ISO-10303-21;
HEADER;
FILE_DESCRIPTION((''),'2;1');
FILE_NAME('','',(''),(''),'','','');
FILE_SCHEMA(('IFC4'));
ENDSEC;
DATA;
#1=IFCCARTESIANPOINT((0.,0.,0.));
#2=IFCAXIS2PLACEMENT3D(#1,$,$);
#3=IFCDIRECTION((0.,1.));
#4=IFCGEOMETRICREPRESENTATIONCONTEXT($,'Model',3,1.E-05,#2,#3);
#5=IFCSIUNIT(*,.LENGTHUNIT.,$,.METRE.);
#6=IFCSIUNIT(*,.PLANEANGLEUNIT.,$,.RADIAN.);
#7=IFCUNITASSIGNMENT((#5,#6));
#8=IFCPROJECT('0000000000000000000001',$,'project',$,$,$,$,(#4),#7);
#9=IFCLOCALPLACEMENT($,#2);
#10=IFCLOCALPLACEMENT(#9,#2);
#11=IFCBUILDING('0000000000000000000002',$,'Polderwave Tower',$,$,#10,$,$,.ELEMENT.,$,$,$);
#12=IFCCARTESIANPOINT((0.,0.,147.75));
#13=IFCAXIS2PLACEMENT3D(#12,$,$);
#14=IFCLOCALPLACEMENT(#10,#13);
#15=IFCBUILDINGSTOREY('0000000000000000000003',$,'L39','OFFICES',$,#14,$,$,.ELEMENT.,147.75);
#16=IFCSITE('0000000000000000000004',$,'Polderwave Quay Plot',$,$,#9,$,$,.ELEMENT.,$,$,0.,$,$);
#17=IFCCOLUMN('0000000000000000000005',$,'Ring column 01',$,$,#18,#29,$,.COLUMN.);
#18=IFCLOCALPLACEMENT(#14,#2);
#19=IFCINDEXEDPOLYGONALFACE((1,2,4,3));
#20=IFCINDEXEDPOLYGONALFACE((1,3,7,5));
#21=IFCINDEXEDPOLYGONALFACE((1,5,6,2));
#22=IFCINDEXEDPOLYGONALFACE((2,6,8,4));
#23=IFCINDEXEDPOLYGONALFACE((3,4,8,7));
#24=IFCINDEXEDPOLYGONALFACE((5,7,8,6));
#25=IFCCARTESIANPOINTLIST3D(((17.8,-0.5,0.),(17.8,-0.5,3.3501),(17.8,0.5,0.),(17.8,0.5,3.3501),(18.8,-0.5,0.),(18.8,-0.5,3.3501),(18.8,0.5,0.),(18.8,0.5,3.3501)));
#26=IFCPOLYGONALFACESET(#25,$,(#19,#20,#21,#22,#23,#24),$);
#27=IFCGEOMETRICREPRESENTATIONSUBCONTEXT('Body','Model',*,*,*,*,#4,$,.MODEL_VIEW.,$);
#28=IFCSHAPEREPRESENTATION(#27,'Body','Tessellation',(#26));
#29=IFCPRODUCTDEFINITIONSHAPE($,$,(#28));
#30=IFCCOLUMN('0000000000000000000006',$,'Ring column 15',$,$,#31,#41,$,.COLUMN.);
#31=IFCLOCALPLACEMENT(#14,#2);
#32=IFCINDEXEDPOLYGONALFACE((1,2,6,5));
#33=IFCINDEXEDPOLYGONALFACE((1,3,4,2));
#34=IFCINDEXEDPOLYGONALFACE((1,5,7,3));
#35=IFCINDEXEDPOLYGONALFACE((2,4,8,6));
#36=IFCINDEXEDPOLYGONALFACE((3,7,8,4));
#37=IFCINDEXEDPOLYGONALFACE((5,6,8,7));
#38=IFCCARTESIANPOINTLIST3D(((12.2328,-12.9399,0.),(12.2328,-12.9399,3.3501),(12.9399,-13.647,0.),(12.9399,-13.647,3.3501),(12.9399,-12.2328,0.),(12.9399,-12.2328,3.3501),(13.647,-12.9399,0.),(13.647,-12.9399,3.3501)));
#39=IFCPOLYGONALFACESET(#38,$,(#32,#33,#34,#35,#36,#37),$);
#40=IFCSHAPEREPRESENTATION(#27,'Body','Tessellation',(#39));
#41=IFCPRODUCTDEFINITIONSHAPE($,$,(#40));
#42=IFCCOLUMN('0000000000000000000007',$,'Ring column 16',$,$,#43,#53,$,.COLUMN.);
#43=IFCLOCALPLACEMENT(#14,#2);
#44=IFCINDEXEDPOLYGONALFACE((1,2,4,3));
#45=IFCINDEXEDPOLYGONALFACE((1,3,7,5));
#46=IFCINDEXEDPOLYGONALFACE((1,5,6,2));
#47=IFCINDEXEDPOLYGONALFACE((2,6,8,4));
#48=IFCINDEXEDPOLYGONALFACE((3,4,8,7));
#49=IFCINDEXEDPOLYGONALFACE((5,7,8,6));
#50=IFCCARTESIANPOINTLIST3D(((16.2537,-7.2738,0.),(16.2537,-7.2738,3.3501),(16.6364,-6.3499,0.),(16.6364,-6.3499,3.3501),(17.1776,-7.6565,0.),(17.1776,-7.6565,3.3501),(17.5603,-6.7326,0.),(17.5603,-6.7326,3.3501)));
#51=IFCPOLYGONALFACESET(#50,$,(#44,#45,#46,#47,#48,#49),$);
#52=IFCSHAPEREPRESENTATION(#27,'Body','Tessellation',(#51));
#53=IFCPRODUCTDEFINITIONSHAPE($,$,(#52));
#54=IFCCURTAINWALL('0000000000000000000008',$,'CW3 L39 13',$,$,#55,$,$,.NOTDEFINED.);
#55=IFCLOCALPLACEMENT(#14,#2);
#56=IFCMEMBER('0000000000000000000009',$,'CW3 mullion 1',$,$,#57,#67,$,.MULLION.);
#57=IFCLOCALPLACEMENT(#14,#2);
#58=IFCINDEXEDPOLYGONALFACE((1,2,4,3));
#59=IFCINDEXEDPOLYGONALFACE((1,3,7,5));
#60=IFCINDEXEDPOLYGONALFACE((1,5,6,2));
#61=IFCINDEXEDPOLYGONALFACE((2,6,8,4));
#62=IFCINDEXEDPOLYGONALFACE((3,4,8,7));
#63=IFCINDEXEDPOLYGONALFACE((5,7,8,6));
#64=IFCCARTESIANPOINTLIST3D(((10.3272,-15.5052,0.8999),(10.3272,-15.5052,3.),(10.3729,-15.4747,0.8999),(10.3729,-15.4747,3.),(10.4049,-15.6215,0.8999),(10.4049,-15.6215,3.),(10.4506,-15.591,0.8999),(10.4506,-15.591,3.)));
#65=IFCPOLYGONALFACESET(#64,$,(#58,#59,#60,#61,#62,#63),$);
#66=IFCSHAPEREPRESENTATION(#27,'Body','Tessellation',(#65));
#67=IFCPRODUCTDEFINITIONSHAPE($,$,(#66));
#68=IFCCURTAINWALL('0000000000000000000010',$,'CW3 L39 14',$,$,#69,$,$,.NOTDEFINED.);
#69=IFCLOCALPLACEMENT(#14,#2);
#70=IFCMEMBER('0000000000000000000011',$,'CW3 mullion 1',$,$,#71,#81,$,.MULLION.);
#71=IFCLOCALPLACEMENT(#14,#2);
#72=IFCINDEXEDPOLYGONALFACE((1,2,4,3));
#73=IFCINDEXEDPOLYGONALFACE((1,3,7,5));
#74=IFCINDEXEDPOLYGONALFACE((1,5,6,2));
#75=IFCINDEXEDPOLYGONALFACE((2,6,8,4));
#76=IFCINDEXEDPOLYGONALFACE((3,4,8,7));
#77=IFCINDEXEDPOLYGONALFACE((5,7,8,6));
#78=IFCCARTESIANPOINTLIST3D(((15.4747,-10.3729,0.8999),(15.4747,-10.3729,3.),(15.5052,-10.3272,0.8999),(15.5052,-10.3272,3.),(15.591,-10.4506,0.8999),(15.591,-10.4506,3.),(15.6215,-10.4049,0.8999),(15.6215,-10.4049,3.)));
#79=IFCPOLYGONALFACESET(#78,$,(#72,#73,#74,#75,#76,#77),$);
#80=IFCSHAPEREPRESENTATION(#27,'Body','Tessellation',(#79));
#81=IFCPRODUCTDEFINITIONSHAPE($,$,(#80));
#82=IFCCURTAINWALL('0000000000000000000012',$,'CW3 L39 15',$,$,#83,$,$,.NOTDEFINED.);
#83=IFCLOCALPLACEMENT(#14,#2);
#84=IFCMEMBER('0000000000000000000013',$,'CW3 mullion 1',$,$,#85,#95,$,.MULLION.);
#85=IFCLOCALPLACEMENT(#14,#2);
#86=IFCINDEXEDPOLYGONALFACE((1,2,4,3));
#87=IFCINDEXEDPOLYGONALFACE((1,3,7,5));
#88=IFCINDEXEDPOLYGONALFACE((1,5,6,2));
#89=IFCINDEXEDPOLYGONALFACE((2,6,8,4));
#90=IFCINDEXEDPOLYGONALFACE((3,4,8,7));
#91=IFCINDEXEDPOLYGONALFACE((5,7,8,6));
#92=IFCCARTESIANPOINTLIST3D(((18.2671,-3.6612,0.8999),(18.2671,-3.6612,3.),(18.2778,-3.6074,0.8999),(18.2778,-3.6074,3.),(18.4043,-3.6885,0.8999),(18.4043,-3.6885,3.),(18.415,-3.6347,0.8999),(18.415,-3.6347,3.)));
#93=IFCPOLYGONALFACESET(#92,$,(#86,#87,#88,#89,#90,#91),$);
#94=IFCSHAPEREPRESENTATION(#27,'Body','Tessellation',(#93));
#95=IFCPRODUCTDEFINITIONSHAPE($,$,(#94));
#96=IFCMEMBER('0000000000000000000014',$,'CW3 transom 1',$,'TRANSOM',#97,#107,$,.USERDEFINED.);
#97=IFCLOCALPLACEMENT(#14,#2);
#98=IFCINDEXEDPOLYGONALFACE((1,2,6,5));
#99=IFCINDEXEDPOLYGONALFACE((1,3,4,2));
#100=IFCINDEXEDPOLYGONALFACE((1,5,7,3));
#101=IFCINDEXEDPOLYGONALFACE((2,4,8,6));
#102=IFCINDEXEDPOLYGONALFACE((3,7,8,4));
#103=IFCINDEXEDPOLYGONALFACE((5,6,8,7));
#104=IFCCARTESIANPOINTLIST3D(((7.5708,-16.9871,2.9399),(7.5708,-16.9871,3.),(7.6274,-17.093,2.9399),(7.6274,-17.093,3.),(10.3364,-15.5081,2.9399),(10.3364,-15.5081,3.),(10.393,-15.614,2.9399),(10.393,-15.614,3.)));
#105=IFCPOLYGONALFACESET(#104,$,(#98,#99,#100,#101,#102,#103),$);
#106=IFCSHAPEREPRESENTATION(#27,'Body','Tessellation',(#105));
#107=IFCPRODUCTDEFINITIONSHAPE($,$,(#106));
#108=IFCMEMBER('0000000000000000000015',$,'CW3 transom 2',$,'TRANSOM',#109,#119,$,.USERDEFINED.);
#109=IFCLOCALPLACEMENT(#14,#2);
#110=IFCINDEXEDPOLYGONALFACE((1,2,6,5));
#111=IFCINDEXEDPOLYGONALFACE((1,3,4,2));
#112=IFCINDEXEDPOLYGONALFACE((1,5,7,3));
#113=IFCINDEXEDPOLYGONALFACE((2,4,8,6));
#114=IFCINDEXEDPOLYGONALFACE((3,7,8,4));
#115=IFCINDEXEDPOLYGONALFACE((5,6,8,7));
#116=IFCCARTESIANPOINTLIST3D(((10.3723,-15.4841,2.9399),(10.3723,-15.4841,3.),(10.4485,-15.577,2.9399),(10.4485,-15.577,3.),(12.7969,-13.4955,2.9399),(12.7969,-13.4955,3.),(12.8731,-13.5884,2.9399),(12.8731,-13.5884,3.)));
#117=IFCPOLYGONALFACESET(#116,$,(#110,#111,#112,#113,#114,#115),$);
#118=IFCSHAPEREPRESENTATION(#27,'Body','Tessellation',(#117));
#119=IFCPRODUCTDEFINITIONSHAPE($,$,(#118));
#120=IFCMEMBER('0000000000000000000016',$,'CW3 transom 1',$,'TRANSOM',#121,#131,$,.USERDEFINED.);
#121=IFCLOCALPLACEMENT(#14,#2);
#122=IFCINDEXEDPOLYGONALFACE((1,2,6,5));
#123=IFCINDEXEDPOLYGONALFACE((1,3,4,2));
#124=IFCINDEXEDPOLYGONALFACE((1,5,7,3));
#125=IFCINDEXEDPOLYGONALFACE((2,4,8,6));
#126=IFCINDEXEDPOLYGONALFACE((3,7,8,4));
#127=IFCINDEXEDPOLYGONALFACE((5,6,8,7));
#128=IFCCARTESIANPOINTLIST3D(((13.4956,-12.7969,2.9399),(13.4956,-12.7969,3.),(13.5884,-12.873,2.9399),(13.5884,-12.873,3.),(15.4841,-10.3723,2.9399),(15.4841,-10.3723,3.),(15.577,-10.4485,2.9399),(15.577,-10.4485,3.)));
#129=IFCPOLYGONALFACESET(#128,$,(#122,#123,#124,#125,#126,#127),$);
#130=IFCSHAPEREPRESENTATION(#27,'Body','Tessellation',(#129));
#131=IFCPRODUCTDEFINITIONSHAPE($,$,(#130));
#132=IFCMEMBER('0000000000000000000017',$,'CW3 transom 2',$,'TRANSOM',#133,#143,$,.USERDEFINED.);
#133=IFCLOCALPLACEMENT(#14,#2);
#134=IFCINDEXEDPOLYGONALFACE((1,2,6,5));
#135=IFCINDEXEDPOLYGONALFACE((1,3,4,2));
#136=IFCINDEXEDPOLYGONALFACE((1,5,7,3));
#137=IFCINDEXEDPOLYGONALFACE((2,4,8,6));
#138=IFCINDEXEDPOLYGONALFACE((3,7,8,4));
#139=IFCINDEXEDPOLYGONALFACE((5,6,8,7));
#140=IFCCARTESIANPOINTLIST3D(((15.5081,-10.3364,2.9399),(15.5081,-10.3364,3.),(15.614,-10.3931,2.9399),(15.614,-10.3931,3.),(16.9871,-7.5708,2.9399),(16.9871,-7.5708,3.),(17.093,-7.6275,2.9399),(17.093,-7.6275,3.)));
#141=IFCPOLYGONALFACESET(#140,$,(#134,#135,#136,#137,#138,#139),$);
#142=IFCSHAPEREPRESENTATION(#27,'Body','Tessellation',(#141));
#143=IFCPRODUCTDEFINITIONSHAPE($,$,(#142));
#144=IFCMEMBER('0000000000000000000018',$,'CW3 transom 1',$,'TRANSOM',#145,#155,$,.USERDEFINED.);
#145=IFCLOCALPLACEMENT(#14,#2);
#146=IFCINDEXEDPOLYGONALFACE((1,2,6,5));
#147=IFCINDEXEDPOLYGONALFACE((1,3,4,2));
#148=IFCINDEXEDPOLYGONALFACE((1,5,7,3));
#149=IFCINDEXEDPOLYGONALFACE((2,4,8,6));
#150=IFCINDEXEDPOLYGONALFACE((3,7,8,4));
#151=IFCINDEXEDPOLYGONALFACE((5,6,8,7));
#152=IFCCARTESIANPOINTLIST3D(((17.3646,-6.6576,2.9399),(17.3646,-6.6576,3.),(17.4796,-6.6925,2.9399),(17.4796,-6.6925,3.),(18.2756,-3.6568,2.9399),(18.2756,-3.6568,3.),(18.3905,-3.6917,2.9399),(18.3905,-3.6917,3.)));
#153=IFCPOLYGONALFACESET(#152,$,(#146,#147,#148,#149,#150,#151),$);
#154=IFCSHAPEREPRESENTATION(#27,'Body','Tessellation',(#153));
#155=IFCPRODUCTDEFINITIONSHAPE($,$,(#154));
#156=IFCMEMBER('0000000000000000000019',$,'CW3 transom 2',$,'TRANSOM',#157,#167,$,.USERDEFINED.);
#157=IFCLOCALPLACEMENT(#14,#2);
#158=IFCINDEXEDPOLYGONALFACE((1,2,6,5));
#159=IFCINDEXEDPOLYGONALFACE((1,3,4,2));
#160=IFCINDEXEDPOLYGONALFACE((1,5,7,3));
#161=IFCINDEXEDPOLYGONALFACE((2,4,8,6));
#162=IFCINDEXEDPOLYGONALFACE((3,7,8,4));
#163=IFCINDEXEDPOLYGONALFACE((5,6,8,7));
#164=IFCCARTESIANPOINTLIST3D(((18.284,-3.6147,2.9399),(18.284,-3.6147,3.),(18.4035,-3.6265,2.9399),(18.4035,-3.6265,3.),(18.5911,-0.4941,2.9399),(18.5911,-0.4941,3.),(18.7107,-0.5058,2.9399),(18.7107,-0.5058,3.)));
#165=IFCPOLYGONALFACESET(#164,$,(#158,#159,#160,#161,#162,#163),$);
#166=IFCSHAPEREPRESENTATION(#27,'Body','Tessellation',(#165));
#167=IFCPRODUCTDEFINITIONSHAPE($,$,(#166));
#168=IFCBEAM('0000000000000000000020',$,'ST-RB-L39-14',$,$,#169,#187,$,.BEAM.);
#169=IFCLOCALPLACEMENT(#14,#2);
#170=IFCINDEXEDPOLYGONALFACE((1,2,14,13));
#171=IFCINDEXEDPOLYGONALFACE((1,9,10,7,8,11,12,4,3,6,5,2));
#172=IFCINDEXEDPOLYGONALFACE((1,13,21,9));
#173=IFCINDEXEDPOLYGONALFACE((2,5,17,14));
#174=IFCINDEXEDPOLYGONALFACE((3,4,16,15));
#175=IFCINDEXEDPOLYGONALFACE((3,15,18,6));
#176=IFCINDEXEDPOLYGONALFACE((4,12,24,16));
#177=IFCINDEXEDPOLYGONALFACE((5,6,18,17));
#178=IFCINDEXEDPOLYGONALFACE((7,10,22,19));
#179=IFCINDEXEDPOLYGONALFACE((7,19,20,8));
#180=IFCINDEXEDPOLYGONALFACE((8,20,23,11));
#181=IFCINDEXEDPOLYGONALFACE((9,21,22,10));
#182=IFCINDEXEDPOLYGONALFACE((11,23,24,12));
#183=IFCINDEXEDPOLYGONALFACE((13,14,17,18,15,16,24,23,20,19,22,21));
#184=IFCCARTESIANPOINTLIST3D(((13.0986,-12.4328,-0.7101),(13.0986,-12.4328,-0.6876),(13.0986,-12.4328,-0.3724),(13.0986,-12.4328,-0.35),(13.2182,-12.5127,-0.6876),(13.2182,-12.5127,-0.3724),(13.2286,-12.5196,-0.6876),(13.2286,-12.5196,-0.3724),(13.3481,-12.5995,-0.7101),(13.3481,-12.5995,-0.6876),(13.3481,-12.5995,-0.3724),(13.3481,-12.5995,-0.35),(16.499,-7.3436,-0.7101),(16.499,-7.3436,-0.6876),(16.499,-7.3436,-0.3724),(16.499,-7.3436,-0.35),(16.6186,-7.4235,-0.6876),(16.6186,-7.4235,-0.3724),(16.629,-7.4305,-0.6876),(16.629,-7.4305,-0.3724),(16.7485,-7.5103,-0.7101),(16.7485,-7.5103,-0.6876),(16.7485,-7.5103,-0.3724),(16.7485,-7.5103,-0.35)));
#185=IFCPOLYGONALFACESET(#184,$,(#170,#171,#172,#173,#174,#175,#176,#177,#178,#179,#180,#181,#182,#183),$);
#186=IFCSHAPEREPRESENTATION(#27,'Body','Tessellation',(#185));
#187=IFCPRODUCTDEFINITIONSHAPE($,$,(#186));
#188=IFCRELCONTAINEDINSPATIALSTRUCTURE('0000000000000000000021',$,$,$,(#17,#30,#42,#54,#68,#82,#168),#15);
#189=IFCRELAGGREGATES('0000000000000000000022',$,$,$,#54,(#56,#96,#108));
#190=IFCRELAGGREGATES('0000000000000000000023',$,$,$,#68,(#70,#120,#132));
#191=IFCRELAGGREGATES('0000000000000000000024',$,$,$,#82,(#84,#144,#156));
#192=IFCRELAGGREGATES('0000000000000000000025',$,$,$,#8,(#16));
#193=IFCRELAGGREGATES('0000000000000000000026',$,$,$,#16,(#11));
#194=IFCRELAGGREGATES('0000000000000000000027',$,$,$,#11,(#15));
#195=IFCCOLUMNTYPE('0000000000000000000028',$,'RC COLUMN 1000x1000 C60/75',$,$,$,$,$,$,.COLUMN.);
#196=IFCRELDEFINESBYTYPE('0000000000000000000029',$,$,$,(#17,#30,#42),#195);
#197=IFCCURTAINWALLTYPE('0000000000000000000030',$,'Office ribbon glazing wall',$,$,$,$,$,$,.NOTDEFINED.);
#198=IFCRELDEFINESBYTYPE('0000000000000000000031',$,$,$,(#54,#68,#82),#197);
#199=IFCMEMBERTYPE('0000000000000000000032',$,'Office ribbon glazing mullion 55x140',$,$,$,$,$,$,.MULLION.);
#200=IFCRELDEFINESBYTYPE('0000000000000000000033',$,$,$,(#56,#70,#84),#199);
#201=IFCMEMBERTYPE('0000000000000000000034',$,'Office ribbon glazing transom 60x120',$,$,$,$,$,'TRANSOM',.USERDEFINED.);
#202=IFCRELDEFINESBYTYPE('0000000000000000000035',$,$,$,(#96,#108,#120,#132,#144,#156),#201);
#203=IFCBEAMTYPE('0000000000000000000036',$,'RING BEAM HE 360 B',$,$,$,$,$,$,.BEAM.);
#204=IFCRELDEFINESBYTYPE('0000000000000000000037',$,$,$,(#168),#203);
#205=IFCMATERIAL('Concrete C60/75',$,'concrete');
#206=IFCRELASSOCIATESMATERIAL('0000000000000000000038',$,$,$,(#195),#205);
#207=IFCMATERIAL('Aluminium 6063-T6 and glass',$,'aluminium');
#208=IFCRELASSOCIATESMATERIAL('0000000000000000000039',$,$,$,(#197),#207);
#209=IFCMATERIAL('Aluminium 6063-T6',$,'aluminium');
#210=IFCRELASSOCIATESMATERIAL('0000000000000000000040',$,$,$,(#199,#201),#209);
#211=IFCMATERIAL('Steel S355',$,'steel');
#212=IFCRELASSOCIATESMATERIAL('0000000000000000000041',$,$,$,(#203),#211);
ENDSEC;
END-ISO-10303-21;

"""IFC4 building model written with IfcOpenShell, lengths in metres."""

from ifc_helpers import new_model, si_unit, direction, frame, origin, origin_2d, place, context, subcontext, project, spatial, rectangle, i_section, extrude, material, material_profile, profile_set, type_object, element, aggregate, save


model = new_model("IFC4")

# Units and contexts
model_context = context("Model", 3, precision=1e-05, world=origin(), true_north=direction((0.0, 1.0)))
body_context = subcontext(model_context, "Body", "Model", "MODEL_VIEW")
ifc_project = project(units=[si_unit("LENGTHUNIT", "METRE"), si_unit("PLANEANGLEUNIT", "RADIAN")], contexts=[model_context])

# Site, building, storey
site_placement = place(None, origin())
site = spatial("IfcSite", under=ifc_project, at=site_placement, Name="Polderwave Quay Plot", CompositionType="ELEMENT", RefElevation=0.0)
building_placement = place(site_placement, origin())
building = spatial("IfcBuilding", under=site, at=building_placement, Name="Polderwave Tower", CompositionType="ELEMENT")
storey_placement = place(building_placement, frame((0.0, 0.0, 147.75)))
storey = spatial("IfcBuildingStorey", under=building, at=storey_placement, Name="L39", Description="OFFICES", CompositionType="ELEMENT", Elevation=147.75)

# Columns
ifc_material_1 = material(Name="Concrete C60/75", Category="concrete")
ifc_material_profile_1 = material_profile(ifc_material_1, rectangle(XDim=1.0, YDim=1.0, at=origin_2d()), Name="RC 1000x1000")
ifc_profile_set_1 = profile_set([ifc_material_profile_1], Name="Concrete C60/75")
column_type = type_object("IfcColumnType", Name="RC COLUMN 1000x1000 C60/75", PredefinedType="COLUMN", material=ifc_profile_set_1)
for number, where, z_axis, x_axis, name in (
    (1, (18.3, 0.0, 0.0), (0.0, 0.0, 1.0), (1.0, 0.0, 0.0), "Ring column 01"),
    (2, (12.9399, -12.9399, 0.0), (0.0, 0.0, 1.0), (0.707107, -0.707107, 0.0), "Ring column 15"),
    (3, (16.907, -7.0032, 0.0), (0.0, 0.0, 1.0), (0.92388, -0.382683, 0.0), "Ring column 16"),
):
    element("IfcColumn", number, at=place(storey_placement, frame(where, z_axis=z_axis, x_axis=x_axis)), inside=storey, type_object=column_type, Name=name, PredefinedType="COLUMN", context=body_context, shape_type="SweptSolid", body=[
        extrude(rectangle(XDim=1.0, YDim=1.0, at=origin_2d()), origin(), (0.0, 0.0, 1.0), 3.3501),
    ])

# Curtain walls, members
ifc_material_2 = material(Name="Aluminium 6063-T6 and glass", Category="aluminium")
curtain_wall_type = type_object("IfcCurtainWallType", Name="Office ribbon glazing wall", PredefinedType="NOTDEFINED", material=ifc_material_2)
curtain_wall_1_placement = place(storey_placement, origin())
curtain_wall_1 = element("IfcCurtainWall", 4, at=curtain_wall_1_placement, inside=storey, type_object=curtain_wall_type, Name="CW3 L39 13", PredefinedType="NOTDEFINED")
ifc_material_3 = material(Name="Aluminium 6063-T6", Category="aluminium")
ifc_material_profile_2 = material_profile(ifc_material_3, rectangle(XDim=0.1399, YDim=0.0549, at=origin_2d()), Name="AL 55x140")
ifc_profile_set_2 = profile_set([ifc_material_profile_2], Name="Aluminium 6063-T6")
member_type_1 = type_object("IfcMemberType", Name="Office ribbon glazing mullion 55x140", PredefinedType="MULLION", material=ifc_profile_set_2)
member_1_placement = place(storey_placement, frame((10.3889, -15.5481, 0.8999), z_axis=(0.0, 0.0, 1.0), x_axis=(-0.555512, 0.831508, 0.0)))
member_1 = element("IfcMember", 5, at=member_1_placement, type_object=member_type_1, Name="CW3 mullion 1", PredefinedType="MULLION", context=body_context, shape_type="SweptSolid", body=[
    extrude(rectangle(XDim=0.1399, YDim=0.0549, at=origin_2d()), origin(), (0.0, 0.0, 1.0), 2.1001),
])
curtain_wall_2_placement = place(storey_placement, origin())
curtain_wall_2 = element("IfcCurtainWall", 6, at=curtain_wall_2_placement, inside=storey, type_object=curtain_wall_type, Name="CW3 L39 14", PredefinedType="NOTDEFINED")
member_2_placement = place(storey_placement, frame((15.5481, -10.3889, 0.8999), z_axis=(0.0, 0.0, 1.0), x_axis=(-0.831508, 0.555512, 0.0)))
member_2 = element("IfcMember", 7, at=member_2_placement, type_object=member_type_1, Name="CW3 mullion 1", PredefinedType="MULLION", context=body_context, shape_type="SweptSolid", body=[
    extrude(rectangle(XDim=0.1399, YDim=0.0549, at=origin_2d()), origin(), (0.0, 0.0, 1.0), 2.1001),
])
curtain_wall_3_placement = place(storey_placement, origin())
curtain_wall_3 = element("IfcCurtainWall", 8, at=curtain_wall_3_placement, inside=storey, type_object=curtain_wall_type, Name="CW3 L39 15", PredefinedType="NOTDEFINED")
member_3_placement = place(storey_placement, frame((18.3411, -3.6479, 0.8999), z_axis=(0.0, 0.0, 1.0), x_axis=(-0.980764, 0.195196, 0.0)))
member_3 = element("IfcMember", 9, at=member_3_placement, type_object=member_type_1, Name="CW3 mullion 1", PredefinedType="MULLION", context=body_context, shape_type="SweptSolid", body=[
    extrude(rectangle(XDim=0.1399, YDim=0.0549, at=origin_2d()), origin(), (0.0, 0.0, 1.0), 2.1001),
])

# Members
ifc_material_profile_3 = material_profile(ifc_material_3, rectangle(XDim=0.1201, YDim=0.0601, at=origin_2d()), Name="AL 60x120")
ifc_profile_set_3 = profile_set([ifc_material_profile_3], Name="Aluminium 6063-T6")
member_type_2 = type_object("IfcMemberType", Name="Office ribbon glazing transom 60x120", ElementType="TRANSOM", PredefinedType="USERDEFINED", material=ifc_profile_set_3)
member_4_placement = place(storey_placement, frame((7.5991, -17.04, 2.97), z_axis=(0.881822, 0.471582, 0.0), x_axis=(-0.471582, 0.881822, 0.0)))
member_4 = element("IfcMember", 10, at=member_4_placement, type_object=member_type_2, Name="CW3 transom 1", ObjectType="TRANSOM", PredefinedType="USERDEFINED", context=body_context, shape_type="SweptSolid", body=[
    extrude(rectangle(XDim=0.1201, YDim=0.0601, at=origin_2d()), origin(), (0.0, 0.0, 1.0), 3.1362),
])
member_5_placement = place(storey_placement, frame((10.4104, -15.5305, 2.97), z_axis=(0.773207, 0.634153, 0.0), x_axis=(-0.634153, 0.773207, 0.0)))
member_5 = element("IfcMember", 11, at=member_5_placement, type_object=member_type_2, Name="CW3 transom 2", ObjectType="TRANSOM", PredefinedType="USERDEFINED", context=body_context, shape_type="SweptSolid", body=[
    extrude(rectangle(XDim=0.1201, YDim=0.0601, at=origin_2d()), origin(), (0.0, 0.0, 1.0), 3.1357),
])
member_6_placement = place(storey_placement, frame((13.542, -12.835, 2.97), z_axis=(0.634153, 0.773207, 0.0), x_axis=(-0.773207, 0.634153, 0.0)))
member_6 = element("IfcMember", 12, at=member_6_placement, type_object=member_type_2, Name="CW3 transom 1", ObjectType="TRANSOM", PredefinedType="USERDEFINED", context=body_context, shape_type="SweptSolid", body=[
    extrude(rectangle(XDim=0.1201, YDim=0.0601, at=origin_2d()), origin(), (0.0, 0.0, 1.0), 3.1357),
])
member_7_placement = place(storey_placement, frame((15.561, -10.3647, 2.97), z_axis=(0.471582, 0.881822, 0.0), x_axis=(-0.881822, 0.471582, 0.0)))
member_7 = element("IfcMember", 13, at=member_7_placement, type_object=member_type_2, Name="CW3 transom 2", ObjectType="TRANSOM", PredefinedType="USERDEFINED", context=body_context, shape_type="SweptSolid", body=[
    extrude(rectangle(XDim=0.1201, YDim=0.0601, at=origin_2d()), origin(), (0.0, 0.0, 1.0), 3.1362),
])
member_8_placement = place(storey_placement, frame((17.4221, -6.675, 2.97), z_axis=(0.290468, 0.956885, 0.0), x_axis=(-0.956885, 0.290468, 0.0)))
member_8 = element("IfcMember", 14, at=member_8_placement, type_object=member_type_2, Name="CW3 transom 1", ObjectType="TRANSOM", PredefinedType="USERDEFINED", context=body_context, shape_type="SweptSolid", body=[
    extrude(rectangle(XDim=0.1201, YDim=0.0601, at=origin_2d()), origin(), (0.0, 0.0, 1.0), 3.136),
])
member_9_placement = place(storey_placement, frame((18.3438, -3.6206, 2.97), z_axis=(0.097946, 0.995192, 0.0), x_axis=(-0.995192, 0.097946, 0.0)))
member_9 = element("IfcMember", 15, at=member_9_placement, type_object=member_type_2, Name="CW3 transom 2", ObjectType="TRANSOM", PredefinedType="USERDEFINED", context=body_context, shape_type="SweptSolid", body=[
    extrude(rectangle(XDim=0.1201, YDim=0.0601, at=origin_2d()), origin(), (0.0, 0.0, 1.0), 3.1357),
])

# Beam
ifc_material_4 = material(Name="Steel S355", Category="steel")
ifc_material_profile_4 = material_profile(ifc_material_4, i_section(OverallWidth=0.3, OverallDepth=0.3601, WebThickness=0.0125, FlangeThickness=0.0225, at=origin_2d()), Name="HE 360 B")
ifc_profile_set_4 = profile_set([ifc_material_profile_4], Name="Steel S355")
beam_type = type_object("IfcBeamType", Name="RING BEAM HE 360 B", PredefinedType="BEAM", material=ifc_profile_set_4)
beam_1_placement = place(storey_placement, frame((13.2234, -12.5161, -0.53), z_axis=(0.555565, 0.831473, 0.0), x_axis=(-0.831473, 0.555565, 0.0)))
element("IfcBeam", 16, at=beam_1_placement, inside=storey, type_object=beam_type, Name="ST-RB-L39-14", PredefinedType="BEAM", context=body_context, shape_type="SweptSolid", body=[
    extrude(i_section(OverallWidth=0.3, OverallDepth=0.3601, WebThickness=0.0125, FlangeThickness=0.0225, at=origin_2d()), origin(), (0.0, 0.0, 1.0), 6.1206),
])

aggregate(curtain_wall_1, [member_1, member_4, member_5])
aggregate(curtain_wall_2, [member_2, member_6, member_7])
aggregate(curtain_wall_3, [member_3, member_8, member_9])

save(model, "model.ifc")
